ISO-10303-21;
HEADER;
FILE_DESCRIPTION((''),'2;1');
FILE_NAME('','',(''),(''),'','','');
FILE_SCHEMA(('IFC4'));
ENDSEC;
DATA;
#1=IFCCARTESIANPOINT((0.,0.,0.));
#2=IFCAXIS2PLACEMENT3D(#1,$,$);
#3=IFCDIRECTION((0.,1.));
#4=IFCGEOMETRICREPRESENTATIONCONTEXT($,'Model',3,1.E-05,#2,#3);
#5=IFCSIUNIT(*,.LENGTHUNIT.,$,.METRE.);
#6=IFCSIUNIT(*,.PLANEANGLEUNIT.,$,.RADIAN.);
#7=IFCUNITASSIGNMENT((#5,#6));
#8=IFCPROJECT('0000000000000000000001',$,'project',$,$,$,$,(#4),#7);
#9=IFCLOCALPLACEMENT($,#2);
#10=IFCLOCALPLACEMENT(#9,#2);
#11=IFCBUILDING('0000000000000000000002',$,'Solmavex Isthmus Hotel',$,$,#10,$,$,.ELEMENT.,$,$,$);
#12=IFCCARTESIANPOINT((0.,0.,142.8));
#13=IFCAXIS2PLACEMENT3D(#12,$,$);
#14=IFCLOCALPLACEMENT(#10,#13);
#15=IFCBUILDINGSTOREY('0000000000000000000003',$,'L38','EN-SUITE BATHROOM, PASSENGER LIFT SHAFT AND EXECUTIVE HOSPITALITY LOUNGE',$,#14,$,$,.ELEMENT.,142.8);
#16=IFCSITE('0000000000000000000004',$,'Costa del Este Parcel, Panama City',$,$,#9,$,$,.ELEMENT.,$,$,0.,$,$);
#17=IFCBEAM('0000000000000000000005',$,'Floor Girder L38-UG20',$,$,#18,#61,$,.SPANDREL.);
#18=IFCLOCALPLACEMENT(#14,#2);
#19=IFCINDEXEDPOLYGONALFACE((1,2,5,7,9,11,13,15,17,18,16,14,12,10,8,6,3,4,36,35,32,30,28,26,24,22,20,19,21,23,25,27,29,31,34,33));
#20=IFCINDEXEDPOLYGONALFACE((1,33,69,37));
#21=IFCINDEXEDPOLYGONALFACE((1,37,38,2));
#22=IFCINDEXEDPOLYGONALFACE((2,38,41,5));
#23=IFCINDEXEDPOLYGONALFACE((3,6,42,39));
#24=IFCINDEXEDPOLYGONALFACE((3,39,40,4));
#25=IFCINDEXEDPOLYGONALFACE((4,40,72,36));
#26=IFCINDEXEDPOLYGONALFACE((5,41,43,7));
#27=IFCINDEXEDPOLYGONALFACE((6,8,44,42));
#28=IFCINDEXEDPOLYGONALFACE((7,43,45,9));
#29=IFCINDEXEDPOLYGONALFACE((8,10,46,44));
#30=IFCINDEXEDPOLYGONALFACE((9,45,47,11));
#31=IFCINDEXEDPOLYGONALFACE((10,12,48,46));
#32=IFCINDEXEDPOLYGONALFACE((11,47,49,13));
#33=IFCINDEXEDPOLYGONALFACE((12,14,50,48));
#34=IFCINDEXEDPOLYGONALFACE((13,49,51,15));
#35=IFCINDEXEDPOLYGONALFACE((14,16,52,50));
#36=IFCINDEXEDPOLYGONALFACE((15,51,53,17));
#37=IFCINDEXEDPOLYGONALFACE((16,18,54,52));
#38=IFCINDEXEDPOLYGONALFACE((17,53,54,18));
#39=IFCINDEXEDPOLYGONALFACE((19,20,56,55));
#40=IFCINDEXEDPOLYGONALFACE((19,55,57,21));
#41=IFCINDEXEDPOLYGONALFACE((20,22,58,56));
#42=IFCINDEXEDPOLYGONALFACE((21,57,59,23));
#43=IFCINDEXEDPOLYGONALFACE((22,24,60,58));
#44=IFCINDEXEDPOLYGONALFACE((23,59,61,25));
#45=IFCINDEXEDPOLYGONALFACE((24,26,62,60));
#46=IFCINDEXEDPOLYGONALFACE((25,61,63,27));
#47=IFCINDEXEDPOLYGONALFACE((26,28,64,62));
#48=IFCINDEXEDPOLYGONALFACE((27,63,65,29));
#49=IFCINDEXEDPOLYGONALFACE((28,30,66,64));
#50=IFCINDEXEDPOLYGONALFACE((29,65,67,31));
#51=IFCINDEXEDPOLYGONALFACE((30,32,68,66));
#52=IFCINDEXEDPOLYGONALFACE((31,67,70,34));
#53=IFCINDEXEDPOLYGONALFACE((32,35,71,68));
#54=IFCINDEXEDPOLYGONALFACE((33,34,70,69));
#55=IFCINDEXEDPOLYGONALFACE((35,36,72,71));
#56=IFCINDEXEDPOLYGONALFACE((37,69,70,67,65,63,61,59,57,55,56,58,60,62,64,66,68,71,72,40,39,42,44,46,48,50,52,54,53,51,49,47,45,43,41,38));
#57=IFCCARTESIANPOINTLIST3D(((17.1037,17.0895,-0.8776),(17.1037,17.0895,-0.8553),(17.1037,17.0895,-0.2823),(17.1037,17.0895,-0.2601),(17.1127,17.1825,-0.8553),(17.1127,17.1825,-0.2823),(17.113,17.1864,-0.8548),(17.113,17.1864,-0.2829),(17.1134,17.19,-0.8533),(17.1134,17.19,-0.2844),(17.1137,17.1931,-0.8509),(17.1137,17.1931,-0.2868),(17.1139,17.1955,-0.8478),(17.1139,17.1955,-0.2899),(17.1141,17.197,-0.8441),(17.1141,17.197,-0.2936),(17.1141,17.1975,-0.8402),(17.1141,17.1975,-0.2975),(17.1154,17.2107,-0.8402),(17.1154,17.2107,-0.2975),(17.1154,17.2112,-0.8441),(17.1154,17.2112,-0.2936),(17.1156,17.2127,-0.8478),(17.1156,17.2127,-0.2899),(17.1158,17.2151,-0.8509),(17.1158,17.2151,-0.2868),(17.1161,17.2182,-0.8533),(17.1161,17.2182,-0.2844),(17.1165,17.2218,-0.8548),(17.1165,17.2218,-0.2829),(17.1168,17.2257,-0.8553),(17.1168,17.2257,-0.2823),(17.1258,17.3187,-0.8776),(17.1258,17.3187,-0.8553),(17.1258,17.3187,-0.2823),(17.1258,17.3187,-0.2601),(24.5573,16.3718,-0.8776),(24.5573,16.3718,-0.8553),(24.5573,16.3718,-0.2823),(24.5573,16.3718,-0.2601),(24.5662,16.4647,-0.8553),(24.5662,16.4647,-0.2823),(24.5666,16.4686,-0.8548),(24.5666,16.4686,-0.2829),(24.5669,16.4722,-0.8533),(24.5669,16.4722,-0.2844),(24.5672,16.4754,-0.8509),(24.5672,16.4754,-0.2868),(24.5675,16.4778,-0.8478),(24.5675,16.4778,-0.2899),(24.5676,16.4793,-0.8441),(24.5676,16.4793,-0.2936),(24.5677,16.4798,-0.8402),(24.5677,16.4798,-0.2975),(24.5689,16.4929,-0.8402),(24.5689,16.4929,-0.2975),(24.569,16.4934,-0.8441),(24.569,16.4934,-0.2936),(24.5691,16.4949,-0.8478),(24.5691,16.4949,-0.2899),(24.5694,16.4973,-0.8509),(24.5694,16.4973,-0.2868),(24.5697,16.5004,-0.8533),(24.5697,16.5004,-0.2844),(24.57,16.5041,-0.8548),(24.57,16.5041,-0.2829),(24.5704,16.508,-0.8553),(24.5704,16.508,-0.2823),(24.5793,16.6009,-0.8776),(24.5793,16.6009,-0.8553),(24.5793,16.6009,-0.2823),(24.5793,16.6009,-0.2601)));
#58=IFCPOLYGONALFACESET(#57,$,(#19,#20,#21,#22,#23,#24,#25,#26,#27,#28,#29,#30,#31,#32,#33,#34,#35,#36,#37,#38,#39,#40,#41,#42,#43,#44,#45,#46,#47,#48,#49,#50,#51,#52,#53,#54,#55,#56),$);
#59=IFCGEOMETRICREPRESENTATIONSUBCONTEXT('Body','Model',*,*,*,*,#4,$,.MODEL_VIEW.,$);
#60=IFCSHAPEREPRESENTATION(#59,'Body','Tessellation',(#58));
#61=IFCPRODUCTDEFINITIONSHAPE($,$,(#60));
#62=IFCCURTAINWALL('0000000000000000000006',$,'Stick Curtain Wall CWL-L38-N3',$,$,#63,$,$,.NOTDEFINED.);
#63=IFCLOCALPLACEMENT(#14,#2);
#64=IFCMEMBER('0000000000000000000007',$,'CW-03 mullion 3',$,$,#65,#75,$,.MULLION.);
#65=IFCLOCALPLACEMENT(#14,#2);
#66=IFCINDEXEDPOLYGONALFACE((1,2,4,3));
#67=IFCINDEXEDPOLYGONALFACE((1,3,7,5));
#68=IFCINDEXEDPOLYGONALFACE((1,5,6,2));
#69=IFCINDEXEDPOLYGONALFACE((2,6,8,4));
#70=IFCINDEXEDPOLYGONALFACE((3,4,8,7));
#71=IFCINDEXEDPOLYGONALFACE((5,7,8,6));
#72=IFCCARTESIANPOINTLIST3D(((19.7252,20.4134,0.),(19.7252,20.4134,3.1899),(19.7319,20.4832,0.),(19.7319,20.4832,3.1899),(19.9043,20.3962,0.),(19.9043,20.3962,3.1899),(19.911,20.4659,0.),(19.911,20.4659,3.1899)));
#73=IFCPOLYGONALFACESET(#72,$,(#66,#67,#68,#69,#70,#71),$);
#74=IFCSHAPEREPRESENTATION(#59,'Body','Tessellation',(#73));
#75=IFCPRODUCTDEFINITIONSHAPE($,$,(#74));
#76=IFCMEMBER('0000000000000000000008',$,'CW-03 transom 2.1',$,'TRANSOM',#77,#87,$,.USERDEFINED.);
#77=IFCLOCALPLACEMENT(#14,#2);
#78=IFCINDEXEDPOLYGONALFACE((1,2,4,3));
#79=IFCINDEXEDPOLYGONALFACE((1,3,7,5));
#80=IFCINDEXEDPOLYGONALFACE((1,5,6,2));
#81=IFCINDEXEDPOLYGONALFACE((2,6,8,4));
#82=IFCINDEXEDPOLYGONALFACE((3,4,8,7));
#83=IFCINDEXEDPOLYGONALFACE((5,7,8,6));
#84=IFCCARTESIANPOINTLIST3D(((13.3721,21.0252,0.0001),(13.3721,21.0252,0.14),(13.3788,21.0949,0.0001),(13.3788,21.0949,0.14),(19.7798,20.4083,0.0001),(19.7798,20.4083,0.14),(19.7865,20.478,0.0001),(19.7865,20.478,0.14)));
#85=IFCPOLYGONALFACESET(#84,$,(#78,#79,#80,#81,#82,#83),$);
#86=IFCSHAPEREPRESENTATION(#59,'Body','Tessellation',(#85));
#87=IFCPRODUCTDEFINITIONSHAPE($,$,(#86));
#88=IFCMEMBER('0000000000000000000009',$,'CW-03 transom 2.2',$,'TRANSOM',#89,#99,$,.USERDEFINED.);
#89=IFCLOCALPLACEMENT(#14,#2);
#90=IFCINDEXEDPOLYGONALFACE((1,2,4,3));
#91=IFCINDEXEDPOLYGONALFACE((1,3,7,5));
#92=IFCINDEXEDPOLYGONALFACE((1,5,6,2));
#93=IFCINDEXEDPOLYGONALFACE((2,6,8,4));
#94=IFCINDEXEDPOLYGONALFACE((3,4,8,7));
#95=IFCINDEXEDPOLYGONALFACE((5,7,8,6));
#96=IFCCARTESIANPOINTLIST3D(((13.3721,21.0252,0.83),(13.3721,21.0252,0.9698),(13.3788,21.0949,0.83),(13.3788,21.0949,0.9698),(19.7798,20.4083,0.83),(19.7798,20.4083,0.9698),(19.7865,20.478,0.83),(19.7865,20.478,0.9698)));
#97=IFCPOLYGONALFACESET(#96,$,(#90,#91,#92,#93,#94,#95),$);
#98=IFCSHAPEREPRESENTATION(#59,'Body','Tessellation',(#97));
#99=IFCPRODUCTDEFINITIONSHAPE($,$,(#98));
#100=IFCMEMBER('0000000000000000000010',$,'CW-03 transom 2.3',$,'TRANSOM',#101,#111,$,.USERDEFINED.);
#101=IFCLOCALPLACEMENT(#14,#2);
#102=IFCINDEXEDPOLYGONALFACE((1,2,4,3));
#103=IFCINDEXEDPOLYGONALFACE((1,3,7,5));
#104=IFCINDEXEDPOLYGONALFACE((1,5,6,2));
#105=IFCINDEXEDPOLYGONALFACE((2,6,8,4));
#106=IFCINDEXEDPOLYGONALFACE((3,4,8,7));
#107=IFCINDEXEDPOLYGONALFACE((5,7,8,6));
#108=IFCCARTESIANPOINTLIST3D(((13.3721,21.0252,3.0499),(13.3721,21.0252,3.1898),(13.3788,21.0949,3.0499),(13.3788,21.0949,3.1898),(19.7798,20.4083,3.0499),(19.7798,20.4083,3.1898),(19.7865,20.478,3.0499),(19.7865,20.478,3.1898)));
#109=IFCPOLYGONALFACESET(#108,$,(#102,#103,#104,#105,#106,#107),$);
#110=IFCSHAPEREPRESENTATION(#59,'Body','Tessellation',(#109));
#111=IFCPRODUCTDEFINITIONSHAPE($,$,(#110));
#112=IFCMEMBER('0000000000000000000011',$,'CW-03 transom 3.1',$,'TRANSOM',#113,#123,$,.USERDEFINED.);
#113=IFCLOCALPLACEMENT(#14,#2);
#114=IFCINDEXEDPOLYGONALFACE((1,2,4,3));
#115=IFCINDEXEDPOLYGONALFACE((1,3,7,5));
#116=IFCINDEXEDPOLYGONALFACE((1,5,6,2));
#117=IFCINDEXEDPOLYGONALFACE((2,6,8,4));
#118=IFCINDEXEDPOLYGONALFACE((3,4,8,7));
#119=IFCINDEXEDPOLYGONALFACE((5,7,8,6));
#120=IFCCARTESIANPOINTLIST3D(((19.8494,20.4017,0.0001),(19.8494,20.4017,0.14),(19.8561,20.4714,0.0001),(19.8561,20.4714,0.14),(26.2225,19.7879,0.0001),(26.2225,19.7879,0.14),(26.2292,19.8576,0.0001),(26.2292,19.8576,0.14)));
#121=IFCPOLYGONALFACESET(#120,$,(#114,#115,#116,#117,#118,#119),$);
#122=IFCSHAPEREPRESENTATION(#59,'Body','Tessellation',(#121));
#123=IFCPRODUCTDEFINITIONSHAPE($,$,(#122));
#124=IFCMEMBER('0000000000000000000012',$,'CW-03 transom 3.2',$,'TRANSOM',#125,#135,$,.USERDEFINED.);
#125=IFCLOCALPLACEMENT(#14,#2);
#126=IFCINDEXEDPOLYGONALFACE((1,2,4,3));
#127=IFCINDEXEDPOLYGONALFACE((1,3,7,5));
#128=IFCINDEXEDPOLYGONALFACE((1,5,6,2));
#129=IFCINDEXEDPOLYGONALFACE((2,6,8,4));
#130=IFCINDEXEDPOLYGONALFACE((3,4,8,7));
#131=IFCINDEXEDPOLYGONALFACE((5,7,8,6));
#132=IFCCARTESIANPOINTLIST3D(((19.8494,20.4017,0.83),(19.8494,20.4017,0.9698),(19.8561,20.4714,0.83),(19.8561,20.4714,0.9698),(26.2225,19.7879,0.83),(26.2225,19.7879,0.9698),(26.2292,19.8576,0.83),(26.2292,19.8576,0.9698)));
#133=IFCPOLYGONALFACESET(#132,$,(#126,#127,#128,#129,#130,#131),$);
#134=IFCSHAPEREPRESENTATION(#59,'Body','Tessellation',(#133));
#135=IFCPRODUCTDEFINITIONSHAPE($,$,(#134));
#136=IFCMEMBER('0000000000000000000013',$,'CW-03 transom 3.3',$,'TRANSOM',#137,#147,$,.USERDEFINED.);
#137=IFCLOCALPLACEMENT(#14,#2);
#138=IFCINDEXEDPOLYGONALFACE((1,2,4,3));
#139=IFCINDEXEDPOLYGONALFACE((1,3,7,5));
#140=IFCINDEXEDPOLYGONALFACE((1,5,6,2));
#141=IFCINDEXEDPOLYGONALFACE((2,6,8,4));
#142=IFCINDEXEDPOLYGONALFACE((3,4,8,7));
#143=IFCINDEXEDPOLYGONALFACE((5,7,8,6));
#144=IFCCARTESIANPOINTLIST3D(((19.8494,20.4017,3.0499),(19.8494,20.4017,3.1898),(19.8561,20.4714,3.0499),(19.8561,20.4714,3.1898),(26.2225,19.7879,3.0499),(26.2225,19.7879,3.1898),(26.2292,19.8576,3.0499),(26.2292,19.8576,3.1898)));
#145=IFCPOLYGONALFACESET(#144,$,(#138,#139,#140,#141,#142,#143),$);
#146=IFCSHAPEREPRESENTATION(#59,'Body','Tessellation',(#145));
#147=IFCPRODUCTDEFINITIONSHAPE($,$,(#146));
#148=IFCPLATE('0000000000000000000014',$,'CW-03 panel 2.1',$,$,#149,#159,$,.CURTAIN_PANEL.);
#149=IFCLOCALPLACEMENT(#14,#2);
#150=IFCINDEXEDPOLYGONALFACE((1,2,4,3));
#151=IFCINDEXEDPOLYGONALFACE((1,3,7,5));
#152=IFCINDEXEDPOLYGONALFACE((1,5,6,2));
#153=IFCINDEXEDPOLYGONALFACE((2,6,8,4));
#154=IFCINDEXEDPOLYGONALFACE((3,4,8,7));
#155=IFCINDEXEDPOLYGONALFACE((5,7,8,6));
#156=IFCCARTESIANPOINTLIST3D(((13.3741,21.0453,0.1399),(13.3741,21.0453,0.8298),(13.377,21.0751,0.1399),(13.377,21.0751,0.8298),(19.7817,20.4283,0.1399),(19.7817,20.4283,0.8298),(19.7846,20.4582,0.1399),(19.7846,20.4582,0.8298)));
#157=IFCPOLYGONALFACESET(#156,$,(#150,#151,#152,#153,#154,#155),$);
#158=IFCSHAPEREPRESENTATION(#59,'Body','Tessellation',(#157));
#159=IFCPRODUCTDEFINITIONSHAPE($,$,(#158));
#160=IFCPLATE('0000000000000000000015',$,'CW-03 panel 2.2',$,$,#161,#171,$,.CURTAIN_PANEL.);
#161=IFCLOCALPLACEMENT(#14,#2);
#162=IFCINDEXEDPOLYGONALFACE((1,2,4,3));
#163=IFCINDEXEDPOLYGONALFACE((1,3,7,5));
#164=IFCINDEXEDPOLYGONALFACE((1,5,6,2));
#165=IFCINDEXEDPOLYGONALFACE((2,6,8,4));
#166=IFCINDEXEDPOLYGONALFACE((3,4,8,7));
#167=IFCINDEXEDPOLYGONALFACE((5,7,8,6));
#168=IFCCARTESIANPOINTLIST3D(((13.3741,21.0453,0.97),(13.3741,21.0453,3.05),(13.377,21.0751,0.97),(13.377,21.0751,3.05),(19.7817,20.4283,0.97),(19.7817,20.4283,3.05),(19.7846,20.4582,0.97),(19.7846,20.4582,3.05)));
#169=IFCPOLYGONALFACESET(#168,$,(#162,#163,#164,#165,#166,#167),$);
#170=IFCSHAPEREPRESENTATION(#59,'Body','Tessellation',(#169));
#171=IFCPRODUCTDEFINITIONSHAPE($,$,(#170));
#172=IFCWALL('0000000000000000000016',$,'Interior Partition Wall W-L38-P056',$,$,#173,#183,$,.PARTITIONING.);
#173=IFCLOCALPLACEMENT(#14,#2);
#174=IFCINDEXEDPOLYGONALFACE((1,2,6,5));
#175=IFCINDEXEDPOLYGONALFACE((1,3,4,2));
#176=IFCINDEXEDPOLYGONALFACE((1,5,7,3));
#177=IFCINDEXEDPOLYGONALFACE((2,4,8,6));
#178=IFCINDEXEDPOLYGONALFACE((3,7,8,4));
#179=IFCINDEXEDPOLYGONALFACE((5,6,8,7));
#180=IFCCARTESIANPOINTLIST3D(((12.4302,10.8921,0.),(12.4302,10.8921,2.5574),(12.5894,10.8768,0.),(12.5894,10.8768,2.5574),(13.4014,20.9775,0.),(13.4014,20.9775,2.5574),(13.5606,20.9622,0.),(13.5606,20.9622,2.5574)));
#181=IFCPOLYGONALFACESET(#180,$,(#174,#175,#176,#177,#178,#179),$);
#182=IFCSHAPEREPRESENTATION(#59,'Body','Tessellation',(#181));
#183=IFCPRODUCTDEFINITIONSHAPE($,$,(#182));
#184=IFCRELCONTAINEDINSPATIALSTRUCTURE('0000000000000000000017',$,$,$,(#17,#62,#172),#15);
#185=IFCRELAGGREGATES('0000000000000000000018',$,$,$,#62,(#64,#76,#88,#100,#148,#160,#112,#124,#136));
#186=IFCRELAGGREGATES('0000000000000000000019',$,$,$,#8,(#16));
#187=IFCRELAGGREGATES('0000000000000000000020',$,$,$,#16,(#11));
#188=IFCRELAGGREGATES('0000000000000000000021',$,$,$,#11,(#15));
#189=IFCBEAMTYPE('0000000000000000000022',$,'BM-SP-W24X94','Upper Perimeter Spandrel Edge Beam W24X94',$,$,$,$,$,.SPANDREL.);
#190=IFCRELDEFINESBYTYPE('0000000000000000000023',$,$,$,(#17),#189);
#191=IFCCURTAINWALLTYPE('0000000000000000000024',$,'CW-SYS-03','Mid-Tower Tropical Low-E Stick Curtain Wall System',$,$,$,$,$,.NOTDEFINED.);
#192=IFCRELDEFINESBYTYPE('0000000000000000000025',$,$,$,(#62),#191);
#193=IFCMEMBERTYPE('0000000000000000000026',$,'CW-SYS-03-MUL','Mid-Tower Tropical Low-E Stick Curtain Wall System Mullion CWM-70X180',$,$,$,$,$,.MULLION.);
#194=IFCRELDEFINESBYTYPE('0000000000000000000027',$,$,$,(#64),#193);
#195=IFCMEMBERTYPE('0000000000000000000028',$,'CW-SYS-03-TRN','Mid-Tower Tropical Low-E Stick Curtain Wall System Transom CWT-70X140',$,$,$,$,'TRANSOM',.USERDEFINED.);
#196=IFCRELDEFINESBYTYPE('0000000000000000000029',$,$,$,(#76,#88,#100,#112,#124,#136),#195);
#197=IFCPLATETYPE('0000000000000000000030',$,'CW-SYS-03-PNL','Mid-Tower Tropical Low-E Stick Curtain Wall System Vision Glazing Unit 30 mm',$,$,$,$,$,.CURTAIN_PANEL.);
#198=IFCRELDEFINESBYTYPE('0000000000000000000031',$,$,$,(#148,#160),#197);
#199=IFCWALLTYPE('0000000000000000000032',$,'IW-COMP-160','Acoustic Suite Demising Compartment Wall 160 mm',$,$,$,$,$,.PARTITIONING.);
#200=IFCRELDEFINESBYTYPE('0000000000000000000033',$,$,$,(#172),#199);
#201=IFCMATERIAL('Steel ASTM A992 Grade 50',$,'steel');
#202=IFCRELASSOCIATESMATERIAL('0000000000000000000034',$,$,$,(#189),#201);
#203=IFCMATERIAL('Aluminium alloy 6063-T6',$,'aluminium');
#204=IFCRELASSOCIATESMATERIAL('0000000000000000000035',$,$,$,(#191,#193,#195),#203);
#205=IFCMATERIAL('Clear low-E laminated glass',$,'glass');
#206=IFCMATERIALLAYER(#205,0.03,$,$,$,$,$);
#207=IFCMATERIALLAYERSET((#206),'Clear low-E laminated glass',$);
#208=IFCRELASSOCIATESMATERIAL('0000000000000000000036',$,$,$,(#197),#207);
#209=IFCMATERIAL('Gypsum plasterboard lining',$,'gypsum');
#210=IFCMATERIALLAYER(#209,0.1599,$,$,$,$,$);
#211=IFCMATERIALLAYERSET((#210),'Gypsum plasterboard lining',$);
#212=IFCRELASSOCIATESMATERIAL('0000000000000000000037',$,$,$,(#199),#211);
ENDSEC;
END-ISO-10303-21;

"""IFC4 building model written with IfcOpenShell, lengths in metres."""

from ifc_helpers import new_model, si_unit, direction, frame, frame_2d, origin, origin_2d, place, context, subcontext, project, spatial, rectangle, i_section, extrude, material, layer, layer_set, material_profile, profile_set, type_object, element, aggregate, save


model = new_model("IFC4")

# Units and contexts
model_context = context("Model", 3, precision=1e-05, world=origin(), true_north=direction((0.0, 1.0)))
body_context = subcontext(model_context, "Body", "Model", "MODEL_VIEW")
ifc_project = project(units=[si_unit("LENGTHUNIT", "METRE"), si_unit("PLANEANGLEUNIT", "RADIAN")], contexts=[model_context])

# Site, building, storey
site_placement = place(None, origin())
site = spatial("IfcSite", under=ifc_project, at=site_placement, Name="Costa del Este Parcel, Panama City", CompositionType="ELEMENT", RefElevation=0.0)
building_placement = place(site_placement, origin())
building = spatial("IfcBuilding", under=site, at=building_placement, Name="Solmavex Isthmus Hotel", CompositionType="ELEMENT")
storey_placement = place(building_placement, frame((0.0, 0.0, 142.8)))
storey = spatial("IfcBuildingStorey", under=building, at=storey_placement, Name="L38", Description="EN-SUITE BATHROOM, PASSENGER LIFT SHAFT AND EXECUTIVE HOSPITALITY LOUNGE", CompositionType="ELEMENT", Elevation=142.8)

# Beam
ifc_material_1 = material(Name="Steel ASTM A992 Grade 50", Category="steel")
ifc_material_profile_1 = material_profile(ifc_material_1, i_section(OverallWidth=0.2302, OverallDepth=0.6174, WebThickness=0.0132, FlangeThickness=0.0222, FilletRadius=0.0151, at=origin_2d()), Name="W24X94")
ifc_profile_set_1 = profile_set([ifc_material_profile_1], Name="Steel ASTM A992 Grade 50")
beam_type_1 = type_object("IfcBeamType", Name="BM-SP-W24X94", Description="Upper Perimeter Spandrel Edge Beam W24X94", PredefinedType="SPANDREL", material=ifc_profile_set_1)
beam_1_placement = place(storey_placement, frame((17.1147, 17.2041, -0.5688), z_axis=(0.995395, -0.095855, 0.0), x_axis=(0.095855, 0.995395, 0.0)))
element("IfcBeam", 1, at=beam_1_placement, inside=storey, type_object=beam_type_1, Name="Floor Girder L38-UG20", PredefinedType="SPANDREL", context=body_context, shape_type="SweptSolid", body=[
    extrude(i_section(OverallWidth=0.2302, OverallDepth=0.6174, WebThickness=0.0132, FlangeThickness=0.0222, FilletRadius=0.0151, at=origin_2d()), origin(), (0.0, 0.0, 1.0), 7.488),
])

# Curtain wall, members, plates
ifc_material_2 = material(Name="Aluminium alloy 6063-T6", Category="aluminium")
curtain_wall_type = type_object("IfcCurtainWallType", Name="CW-SYS-03", Description="Mid-Tower Tropical Low-E Stick Curtain Wall System", PredefinedType="NOTDEFINED", material=ifc_material_2)
curtain_wall_placement = place(storey_placement, origin())
curtain_wall = element("IfcCurtainWall", 2, at=curtain_wall_placement, inside=storey, type_object=curtain_wall_type, Name="Stick Curtain Wall CWL-L38-N3", PredefinedType="NOTDEFINED")
ifc_material_profile_2 = material_profile(ifc_material_2, rectangle(XDim=0.0701, YDim=0.1799, at=origin_2d()), Name="CWM-70X180")
ifc_profile_set_2 = profile_set([ifc_material_profile_2], Name="Aluminium alloy 6063-T6")
member_type_1 = type_object("IfcMemberType", Name="CW-SYS-03-MUL", Description="Mid-Tower Tropical Low-E Stick Curtain Wall System Mullion CWM-70X180", PredefinedType="MULLION", material=ifc_profile_set_2)
member_1_placement = place(storey_placement, frame((19.8181, 20.4397, 0.0), z_axis=(0.0, 0.0, 1.0), x_axis=(0.095846, 0.995396, 0.0)))
member_1 = element("IfcMember", 3, at=member_1_placement, type_object=member_type_1, Name="CW-03 mullion 3", PredefinedType="MULLION", context=body_context, shape_type="SweptSolid", body=[
    extrude(rectangle(XDim=0.0701, YDim=0.1799, at=origin_2d()), origin(), (0.0, 0.0, 1.0), 3.1899),
])
ifc_material_profile_3 = material_profile(ifc_material_2, rectangle(XDim=0.0701, YDim=0.1399, at=origin_2d()), Name="CWT-70X140")
ifc_profile_set_3 = profile_set([ifc_material_profile_3], Name="Aluminium alloy 6063-T6")
member_type_2 = type_object("IfcMemberType", Name="CW-SYS-03-TRN", Description="Mid-Tower Tropical Low-E Stick Curtain Wall System Transom CWT-70X140", ElementType="TRANSOM", PredefinedType="USERDEFINED", material=ifc_profile_set_3)
member_2_placement = place(storey_placement, frame((13.3755, 21.0601, 0.0701), z_axis=(0.995397, -0.095838, 0.0), x_axis=(0.095838, 0.995397, 0.0)))
member_2 = element("IfcMember", 4, at=member_2_placement, type_object=member_type_2, Name="CW-03 transom 2.1", ObjectType="TRANSOM", PredefinedType="USERDEFINED", context=body_context, shape_type="SweptSolid", body=[
    extrude(rectangle(XDim=0.0701, YDim=0.1399, at=origin_2d()), origin(), (0.0, 0.0, 1.0), 6.4373),
])
member_3_placement = place(storey_placement, frame((13.3755, 21.0601, 0.8999), z_axis=(0.995397, -0.095838, 0.0), x_axis=(0.095838, 0.995397, 0.0)))
member_3 = element("IfcMember", 5, at=member_3_placement, type_object=member_type_2, Name="CW-03 transom 2.2", ObjectType="TRANSOM", PredefinedType="USERDEFINED", context=body_context, shape_type="SweptSolid", body=[
    extrude(rectangle(XDim=0.0701, YDim=0.1399, at=origin_2d()), origin(), (0.0, 0.0, 1.0), 6.4373),
])
member_4_placement = place(storey_placement, frame((13.3755, 21.0601, 3.1199), z_axis=(0.995397, -0.095838, 0.0), x_axis=(0.095838, 0.995397, 0.0)))
member_4 = element("IfcMember", 6, at=member_4_placement, type_object=member_type_2, Name="CW-03 transom 2.3", ObjectType="TRANSOM", PredefinedType="USERDEFINED", context=body_context, shape_type="SweptSolid", body=[
    extrude(rectangle(XDim=0.0701, YDim=0.1399, at=origin_2d()), origin(), (0.0, 0.0, 1.0), 6.4373),
])
member_5_placement = place(storey_placement, frame((19.8528, 20.4365, 0.0701), z_axis=(0.995394, -0.095864, 0.0), x_axis=(0.095864, 0.995394, 0.0)))
member_5 = element("IfcMember", 7, at=member_5_placement, type_object=member_type_2, Name="CW-03 transom 3.1", ObjectType="TRANSOM", PredefinedType="USERDEFINED", context=body_context, shape_type="SweptSolid", body=[
    extrude(rectangle(XDim=0.0701, YDim=0.1399, at=origin_2d()), origin(), (0.0, 0.0, 1.0), 6.4026),
])
member_6_placement = place(storey_placement, frame((19.8528, 20.4365, 0.8999), z_axis=(0.995394, -0.095864, 0.0), x_axis=(0.095864, 0.995394, 0.0)))
member_6 = element("IfcMember", 8, at=member_6_placement, type_object=member_type_2, Name="CW-03 transom 3.2", ObjectType="TRANSOM", PredefinedType="USERDEFINED", context=body_context, shape_type="SweptSolid", body=[
    extrude(rectangle(XDim=0.0701, YDim=0.1399, at=origin_2d()), origin(), (0.0, 0.0, 1.0), 6.4026),
])
member_7_placement = place(storey_placement, frame((19.8528, 20.4365, 3.1199), z_axis=(0.995394, -0.095864, 0.0), x_axis=(0.095864, 0.995394, 0.0)))
member_7 = element("IfcMember", 9, at=member_7_placement, type_object=member_type_2, Name="CW-03 transom 3.3", ObjectType="TRANSOM", PredefinedType="USERDEFINED", context=body_context, shape_type="SweptSolid", body=[
    extrude(rectangle(XDim=0.0701, YDim=0.1399, at=origin_2d()), origin(), (0.0, 0.0, 1.0), 6.4026),
])
ifc_material_3 = material(Name="Clear low-E laminated glass", Category="glass")
ifc_layer_1 = layer(ifc_material_3, 0.03)
ifc_layer_set_1 = layer_set([ifc_layer_1], Name="Clear low-E laminated glass")
plate_type = type_object("IfcPlateType", Name="CW-SYS-03-PNL", Description="Mid-Tower Tropical Low-E Stick Curtain Wall System Vision Glazing Unit 30 mm", PredefinedType="CURTAIN_PANEL", material=ifc_layer_set_1)
plate_1_placement = place(storey_placement, frame((16.5793, 20.7517, 0.1399), z_axis=(0.0, 0.0, 1.0), x_axis=(0.995396, -0.095846, 0.0)))
plate_1 = element("IfcPlate", 10, at=plate_1_placement, type_object=plate_type, Name="CW-03 panel 2.1", PredefinedType="CURTAIN_PANEL", context=body_context, shape_type="SweptSolid", body=[
    extrude(rectangle(XDim=6.4373, YDim=0.03, at=origin_2d()), origin(), (0.0, 0.0, 1.0), 0.6899),
])
plate_2_placement = place(storey_placement, frame((16.5793, 20.7517, 0.97), z_axis=(0.0, 0.0, 1.0), x_axis=(0.995396, -0.095846, 0.0)))
plate_2 = element("IfcPlate", 11, at=plate_2_placement, type_object=plate_type, Name="CW-03 panel 2.2", PredefinedType="CURTAIN_PANEL", context=body_context, shape_type="SweptSolid", body=[
    extrude(rectangle(XDim=6.4373, YDim=0.03, at=origin_2d()), origin(), (0.0, 0.0, 1.0), 2.0801),
])
aggregate(curtain_wall, [member_1, member_2, member_3, member_4, plate_1, plate_2, member_5, member_6, member_7])

# Wall
ifc_material_4 = material(Name="Gypsum plasterboard lining", Category="gypsum")
ifc_layer_2 = layer(ifc_material_4, 0.1599)
ifc_layer_set_2 = layer_set([ifc_layer_2], Name="Gypsum plasterboard lining")
wall_type_1 = type_object("IfcWallType", Name="IW-COMP-160", Description="Acoustic Suite Demising Compartment Wall 160 mm", PredefinedType="PARTITIONING", material=ifc_layer_set_2)
wall_1_placement = place(storey_placement, frame((13.481, 20.9697, 0.0), z_axis=(0.0, 0.0, 1.0), x_axis=(-0.095853, -0.995396, 0.0)))
element("IfcWall", 12, at=wall_1_placement, inside=storey, type_object=wall_type_1, Name="Interior Partition Wall W-L38-P056", PredefinedType="PARTITIONING", context=body_context, shape_type="SweptSolid", body=[
    extrude(rectangle(XDim=10.1321, YDim=0.1599, at=frame_2d((5.0659, 0.0))), origin(), (0.0, 0.0, 1.0), 2.5574),
])

save(model, "model.ifc")
